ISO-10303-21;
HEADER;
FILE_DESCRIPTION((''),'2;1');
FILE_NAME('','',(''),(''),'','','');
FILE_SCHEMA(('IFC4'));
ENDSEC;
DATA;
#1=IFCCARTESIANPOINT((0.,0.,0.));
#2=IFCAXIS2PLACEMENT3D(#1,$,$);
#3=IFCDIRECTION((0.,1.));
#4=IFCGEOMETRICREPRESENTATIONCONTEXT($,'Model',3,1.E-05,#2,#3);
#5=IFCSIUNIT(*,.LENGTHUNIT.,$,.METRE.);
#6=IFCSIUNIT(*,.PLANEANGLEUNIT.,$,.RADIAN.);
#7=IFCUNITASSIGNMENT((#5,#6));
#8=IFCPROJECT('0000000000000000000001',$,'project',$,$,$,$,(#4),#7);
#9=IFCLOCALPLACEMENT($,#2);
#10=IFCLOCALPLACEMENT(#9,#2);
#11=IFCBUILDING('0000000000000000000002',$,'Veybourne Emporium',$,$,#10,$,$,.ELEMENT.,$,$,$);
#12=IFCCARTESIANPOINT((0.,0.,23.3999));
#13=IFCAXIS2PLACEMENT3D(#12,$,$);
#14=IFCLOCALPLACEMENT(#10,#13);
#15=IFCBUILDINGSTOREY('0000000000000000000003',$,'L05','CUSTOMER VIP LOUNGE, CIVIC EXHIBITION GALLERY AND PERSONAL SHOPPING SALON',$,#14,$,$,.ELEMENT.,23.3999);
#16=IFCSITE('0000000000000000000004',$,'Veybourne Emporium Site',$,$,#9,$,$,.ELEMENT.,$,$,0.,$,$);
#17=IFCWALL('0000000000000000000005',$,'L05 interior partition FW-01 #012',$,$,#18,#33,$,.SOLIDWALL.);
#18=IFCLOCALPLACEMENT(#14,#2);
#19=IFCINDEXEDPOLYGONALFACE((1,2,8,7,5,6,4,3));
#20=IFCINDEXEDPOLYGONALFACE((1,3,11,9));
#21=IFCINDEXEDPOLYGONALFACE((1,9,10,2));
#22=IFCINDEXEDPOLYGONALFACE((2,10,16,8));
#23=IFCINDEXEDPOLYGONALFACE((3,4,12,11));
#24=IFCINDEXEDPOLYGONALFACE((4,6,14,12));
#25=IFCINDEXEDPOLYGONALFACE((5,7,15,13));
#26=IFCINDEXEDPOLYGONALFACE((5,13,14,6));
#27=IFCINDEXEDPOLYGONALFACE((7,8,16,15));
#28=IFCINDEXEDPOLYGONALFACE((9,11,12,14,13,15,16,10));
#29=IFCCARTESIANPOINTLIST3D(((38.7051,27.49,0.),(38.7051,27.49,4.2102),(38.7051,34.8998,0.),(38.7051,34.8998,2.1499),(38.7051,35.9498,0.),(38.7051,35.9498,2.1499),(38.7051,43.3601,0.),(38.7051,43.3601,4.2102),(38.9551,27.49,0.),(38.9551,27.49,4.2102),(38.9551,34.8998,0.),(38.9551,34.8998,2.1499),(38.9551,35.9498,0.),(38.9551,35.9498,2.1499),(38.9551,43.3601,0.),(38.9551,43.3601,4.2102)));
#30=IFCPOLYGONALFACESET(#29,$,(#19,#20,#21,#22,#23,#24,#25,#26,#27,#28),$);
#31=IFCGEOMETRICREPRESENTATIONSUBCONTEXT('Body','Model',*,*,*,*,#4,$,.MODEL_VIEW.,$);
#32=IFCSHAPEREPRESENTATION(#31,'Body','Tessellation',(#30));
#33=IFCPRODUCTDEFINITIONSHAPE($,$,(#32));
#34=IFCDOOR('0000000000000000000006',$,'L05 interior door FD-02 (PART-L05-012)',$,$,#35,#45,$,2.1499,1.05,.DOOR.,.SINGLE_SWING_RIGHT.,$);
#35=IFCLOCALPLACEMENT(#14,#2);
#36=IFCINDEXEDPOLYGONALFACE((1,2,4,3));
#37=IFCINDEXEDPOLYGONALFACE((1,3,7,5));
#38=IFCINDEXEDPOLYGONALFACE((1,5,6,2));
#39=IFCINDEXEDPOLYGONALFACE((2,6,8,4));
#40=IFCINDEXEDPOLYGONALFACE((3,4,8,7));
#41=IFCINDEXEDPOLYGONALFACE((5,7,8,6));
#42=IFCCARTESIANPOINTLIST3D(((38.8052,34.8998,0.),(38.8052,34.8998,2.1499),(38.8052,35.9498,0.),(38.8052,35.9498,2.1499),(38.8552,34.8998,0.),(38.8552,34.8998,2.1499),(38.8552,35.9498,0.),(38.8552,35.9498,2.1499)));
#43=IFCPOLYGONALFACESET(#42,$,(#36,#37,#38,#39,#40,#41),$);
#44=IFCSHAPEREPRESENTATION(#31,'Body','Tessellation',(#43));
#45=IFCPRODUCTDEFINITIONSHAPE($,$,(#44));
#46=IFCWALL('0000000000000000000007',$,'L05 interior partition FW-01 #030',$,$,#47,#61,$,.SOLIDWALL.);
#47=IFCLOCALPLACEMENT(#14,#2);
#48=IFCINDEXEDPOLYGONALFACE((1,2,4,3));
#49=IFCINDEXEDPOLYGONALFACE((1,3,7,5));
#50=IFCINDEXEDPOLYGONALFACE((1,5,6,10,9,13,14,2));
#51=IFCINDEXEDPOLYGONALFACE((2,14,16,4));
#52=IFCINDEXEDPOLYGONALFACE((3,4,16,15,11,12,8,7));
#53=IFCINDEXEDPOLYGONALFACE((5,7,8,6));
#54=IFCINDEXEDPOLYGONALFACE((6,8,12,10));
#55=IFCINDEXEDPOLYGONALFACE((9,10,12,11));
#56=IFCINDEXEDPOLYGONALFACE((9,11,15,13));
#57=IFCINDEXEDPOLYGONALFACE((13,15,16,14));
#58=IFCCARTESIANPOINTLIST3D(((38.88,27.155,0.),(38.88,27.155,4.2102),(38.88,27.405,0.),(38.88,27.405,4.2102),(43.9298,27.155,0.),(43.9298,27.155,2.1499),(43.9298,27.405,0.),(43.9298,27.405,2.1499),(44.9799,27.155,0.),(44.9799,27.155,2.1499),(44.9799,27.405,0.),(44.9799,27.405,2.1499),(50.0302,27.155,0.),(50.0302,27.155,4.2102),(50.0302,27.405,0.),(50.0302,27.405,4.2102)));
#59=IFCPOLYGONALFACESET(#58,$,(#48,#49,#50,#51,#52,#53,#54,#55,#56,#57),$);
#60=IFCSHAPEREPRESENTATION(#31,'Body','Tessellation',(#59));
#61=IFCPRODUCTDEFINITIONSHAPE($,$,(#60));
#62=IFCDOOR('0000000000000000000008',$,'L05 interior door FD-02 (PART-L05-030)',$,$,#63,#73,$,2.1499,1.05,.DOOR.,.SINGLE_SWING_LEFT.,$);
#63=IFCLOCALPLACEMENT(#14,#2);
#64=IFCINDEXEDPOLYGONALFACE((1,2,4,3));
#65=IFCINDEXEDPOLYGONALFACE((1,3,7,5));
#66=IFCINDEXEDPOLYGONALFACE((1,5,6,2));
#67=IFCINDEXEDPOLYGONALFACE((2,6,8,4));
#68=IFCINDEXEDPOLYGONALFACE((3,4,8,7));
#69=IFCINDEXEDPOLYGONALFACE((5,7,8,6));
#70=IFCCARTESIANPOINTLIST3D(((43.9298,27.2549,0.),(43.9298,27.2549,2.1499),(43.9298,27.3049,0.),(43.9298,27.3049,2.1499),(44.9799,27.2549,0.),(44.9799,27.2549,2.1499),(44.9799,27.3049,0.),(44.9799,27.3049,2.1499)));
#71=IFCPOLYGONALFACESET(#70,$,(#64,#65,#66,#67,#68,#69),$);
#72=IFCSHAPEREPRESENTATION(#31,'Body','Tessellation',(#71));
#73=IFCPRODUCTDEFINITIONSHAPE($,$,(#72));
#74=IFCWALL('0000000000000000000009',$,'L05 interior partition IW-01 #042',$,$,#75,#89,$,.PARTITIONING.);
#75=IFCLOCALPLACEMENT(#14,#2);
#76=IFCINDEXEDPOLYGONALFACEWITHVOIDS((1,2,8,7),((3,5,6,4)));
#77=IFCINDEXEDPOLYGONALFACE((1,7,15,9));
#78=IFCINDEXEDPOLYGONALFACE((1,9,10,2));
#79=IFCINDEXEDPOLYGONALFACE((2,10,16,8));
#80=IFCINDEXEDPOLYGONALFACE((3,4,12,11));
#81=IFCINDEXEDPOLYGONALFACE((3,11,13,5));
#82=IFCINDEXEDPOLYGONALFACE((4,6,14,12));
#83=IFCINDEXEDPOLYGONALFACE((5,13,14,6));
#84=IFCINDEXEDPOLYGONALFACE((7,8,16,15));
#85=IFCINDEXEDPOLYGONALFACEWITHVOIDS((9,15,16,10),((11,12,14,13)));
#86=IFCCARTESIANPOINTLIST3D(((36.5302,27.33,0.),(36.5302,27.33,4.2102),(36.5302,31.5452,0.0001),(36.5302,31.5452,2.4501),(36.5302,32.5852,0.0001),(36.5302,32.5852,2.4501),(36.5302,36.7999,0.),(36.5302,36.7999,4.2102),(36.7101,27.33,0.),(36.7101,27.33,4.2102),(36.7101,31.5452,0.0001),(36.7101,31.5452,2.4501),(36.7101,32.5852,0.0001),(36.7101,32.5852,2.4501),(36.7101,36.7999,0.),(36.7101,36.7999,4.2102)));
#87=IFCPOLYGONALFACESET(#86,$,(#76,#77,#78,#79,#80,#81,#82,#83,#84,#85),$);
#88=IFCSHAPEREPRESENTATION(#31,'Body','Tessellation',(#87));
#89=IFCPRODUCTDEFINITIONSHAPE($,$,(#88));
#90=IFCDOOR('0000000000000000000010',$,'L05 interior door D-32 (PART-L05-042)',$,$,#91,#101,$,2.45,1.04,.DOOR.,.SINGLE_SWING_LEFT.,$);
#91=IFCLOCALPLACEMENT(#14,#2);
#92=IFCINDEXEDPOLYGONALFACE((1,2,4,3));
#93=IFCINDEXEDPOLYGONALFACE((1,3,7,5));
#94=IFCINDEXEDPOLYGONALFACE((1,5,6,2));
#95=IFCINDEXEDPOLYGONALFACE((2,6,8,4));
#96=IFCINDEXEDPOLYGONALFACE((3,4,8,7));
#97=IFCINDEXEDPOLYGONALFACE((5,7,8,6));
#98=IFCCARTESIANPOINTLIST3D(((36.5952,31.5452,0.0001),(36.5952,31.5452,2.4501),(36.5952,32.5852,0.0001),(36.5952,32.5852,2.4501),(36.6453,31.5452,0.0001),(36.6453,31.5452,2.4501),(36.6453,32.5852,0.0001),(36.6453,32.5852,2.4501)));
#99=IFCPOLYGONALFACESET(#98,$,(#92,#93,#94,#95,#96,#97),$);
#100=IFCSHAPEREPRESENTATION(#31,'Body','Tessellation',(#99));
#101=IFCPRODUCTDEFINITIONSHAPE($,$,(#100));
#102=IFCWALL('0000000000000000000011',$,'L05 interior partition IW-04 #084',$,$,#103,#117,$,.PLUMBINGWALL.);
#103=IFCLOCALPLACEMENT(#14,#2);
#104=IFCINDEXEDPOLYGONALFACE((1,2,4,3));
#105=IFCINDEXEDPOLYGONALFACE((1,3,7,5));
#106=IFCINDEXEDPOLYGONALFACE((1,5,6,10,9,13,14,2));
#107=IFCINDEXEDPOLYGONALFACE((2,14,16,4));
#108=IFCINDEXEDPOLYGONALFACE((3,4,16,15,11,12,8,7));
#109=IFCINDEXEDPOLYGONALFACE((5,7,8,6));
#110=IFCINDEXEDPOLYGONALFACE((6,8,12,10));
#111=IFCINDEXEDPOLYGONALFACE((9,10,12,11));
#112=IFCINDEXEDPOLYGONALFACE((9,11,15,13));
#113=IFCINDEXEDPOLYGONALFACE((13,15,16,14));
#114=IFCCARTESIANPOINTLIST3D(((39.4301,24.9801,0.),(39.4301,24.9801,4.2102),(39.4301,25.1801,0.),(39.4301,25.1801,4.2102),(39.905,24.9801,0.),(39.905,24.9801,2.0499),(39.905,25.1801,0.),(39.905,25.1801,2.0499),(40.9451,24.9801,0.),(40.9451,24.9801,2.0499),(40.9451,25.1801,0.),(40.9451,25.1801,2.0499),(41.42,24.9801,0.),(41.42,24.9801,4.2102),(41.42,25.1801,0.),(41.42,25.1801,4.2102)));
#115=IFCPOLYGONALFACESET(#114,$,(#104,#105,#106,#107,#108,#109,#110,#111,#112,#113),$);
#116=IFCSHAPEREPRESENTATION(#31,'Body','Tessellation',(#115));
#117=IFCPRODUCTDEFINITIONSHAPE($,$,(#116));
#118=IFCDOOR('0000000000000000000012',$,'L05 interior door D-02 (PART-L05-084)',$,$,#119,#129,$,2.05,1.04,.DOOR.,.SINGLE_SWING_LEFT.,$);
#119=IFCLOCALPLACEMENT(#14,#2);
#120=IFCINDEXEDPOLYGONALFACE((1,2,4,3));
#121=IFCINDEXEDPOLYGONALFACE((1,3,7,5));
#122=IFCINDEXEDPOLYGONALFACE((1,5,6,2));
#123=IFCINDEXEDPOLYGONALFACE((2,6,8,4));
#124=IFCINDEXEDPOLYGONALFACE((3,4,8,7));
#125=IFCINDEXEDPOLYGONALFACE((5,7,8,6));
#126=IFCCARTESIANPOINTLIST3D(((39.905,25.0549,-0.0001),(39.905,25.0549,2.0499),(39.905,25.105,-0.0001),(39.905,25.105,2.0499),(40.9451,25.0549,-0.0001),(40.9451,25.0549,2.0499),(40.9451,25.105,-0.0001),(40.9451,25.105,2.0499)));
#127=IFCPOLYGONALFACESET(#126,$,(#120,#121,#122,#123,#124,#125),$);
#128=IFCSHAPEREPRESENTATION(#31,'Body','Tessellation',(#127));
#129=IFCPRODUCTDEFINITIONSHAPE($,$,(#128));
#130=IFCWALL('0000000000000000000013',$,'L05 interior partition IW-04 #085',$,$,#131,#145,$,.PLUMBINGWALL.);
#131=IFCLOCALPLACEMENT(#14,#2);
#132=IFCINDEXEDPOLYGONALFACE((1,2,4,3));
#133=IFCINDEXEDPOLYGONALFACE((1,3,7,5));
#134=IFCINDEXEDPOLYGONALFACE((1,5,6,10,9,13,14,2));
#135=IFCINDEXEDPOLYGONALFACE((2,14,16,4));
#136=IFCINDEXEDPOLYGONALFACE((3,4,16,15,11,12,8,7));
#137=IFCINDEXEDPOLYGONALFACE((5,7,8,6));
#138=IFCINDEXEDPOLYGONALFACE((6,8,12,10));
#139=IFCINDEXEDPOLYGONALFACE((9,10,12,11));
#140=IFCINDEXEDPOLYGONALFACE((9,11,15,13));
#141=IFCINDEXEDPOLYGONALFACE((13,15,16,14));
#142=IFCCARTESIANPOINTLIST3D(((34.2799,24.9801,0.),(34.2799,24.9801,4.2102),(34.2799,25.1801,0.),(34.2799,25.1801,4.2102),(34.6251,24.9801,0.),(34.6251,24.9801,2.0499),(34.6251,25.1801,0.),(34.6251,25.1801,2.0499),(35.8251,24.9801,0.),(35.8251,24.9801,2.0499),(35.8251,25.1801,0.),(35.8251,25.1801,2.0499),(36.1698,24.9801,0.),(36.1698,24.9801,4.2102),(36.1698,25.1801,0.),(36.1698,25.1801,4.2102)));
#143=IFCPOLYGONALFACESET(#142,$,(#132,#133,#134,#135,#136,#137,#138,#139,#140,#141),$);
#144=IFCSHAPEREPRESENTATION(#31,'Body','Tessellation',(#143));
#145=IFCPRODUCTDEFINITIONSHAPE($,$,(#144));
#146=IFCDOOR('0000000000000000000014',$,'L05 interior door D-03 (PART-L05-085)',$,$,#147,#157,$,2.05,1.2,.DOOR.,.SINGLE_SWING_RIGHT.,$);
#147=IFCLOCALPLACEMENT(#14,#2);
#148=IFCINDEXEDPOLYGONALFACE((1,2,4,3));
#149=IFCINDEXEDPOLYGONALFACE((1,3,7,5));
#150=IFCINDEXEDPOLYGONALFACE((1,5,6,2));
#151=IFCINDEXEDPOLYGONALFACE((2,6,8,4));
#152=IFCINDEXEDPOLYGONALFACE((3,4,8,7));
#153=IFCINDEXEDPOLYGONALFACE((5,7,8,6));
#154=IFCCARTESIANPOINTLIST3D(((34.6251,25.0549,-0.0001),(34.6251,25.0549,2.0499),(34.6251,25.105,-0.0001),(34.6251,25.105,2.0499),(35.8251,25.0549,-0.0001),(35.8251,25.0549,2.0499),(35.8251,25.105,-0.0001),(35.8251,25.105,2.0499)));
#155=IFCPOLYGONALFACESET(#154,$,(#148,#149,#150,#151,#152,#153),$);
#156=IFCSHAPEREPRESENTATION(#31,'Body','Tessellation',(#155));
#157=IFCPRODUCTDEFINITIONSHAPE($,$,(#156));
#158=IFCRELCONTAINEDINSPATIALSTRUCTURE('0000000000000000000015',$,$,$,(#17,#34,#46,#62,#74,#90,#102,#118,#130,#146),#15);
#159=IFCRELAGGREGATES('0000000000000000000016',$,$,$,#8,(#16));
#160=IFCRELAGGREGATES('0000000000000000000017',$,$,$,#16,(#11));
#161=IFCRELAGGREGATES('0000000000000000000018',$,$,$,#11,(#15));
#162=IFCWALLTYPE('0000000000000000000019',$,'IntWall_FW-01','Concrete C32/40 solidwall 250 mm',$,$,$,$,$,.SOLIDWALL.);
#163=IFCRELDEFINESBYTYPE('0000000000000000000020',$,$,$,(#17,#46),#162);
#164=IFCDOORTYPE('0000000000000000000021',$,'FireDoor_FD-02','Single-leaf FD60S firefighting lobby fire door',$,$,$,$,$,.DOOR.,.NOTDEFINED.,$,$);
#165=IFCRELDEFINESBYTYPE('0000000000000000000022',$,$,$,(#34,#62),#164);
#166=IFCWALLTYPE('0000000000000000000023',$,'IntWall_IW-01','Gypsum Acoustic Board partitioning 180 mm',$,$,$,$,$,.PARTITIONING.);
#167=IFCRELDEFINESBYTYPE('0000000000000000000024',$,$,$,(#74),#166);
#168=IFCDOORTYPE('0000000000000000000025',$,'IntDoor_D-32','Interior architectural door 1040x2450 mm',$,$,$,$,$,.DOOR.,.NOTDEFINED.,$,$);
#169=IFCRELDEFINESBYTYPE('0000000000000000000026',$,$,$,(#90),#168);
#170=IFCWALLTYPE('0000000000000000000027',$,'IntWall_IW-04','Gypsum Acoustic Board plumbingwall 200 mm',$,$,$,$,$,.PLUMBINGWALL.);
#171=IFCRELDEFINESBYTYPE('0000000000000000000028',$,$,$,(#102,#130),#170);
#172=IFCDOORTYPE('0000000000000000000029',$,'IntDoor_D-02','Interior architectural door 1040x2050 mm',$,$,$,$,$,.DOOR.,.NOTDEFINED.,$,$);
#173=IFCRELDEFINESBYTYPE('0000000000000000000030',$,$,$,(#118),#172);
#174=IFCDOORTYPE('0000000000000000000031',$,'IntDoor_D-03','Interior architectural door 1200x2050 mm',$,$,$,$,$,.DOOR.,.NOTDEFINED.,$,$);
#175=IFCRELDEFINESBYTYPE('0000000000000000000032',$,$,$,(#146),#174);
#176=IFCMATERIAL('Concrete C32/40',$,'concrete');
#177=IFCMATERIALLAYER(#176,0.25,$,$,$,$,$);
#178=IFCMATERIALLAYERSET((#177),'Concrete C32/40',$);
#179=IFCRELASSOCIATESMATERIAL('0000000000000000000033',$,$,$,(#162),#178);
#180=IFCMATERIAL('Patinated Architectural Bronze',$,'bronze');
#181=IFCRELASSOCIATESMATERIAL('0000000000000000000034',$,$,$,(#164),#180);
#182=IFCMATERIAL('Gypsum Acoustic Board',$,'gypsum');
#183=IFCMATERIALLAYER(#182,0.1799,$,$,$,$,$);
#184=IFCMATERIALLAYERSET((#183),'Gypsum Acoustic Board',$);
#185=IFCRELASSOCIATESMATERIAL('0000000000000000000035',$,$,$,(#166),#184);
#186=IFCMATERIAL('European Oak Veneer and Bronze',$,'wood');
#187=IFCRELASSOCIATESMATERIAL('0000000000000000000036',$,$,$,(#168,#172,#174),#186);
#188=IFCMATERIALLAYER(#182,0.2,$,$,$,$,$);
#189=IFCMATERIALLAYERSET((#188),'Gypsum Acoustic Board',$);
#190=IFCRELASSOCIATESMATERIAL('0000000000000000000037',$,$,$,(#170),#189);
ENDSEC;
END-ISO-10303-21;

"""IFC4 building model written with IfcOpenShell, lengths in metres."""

from ifc_helpers import new_model, si_unit, direction, frame, frame_2d, origin, place, context, subcontext, project, spatial, rectangle, extrude, material, layer, layer_set, type_object, element, fill, save


model = new_model("IFC4")

# Units and contexts
model_context = context("Model", 3, precision=1e-05, world=origin(), true_north=direction((0.0, 1.0)))
body_context = subcontext(model_context, "Body", "Model", "MODEL_VIEW")
ifc_project = project(units=[si_unit("LENGTHUNIT", "METRE"), si_unit("PLANEANGLEUNIT", "RADIAN")], contexts=[model_context])

# Site, building, storey
site_placement = place(None, origin())
site = spatial("IfcSite", under=ifc_project, at=site_placement, Name="Veybourne Emporium Site", CompositionType="ELEMENT", RefElevation=0.0)
building_placement = place(site_placement, origin())
building = spatial("IfcBuilding", under=site, at=building_placement, Name="Veybourne Emporium", CompositionType="ELEMENT")
storey_placement = place(building_placement, frame((0.0, 0.0, 23.3999)))
storey = spatial("IfcBuildingStorey", under=building, at=storey_placement, Name="L05", Description="CUSTOMER VIP LOUNGE, CIVIC EXHIBITION GALLERY AND PERSONAL SHOPPING SALON", CompositionType="ELEMENT", Elevation=23.3999)

# Walls, openings, doors
ifc_material_1 = material(Name="Concrete C32/40", Category="concrete")
ifc_layer_1 = layer(ifc_material_1, 0.25)
ifc_layer_set_1 = layer_set([ifc_layer_1], Name="Concrete C32/40")
wall_type_1 = type_object("IfcWallType", Name="IntWall_FW-01", Description="Concrete C32/40 solidwall 250 mm", PredefinedType="SOLIDWALL", material=ifc_layer_set_1)
wall_1_placement = place(storey_placement, frame((38.8301, 27.49, 0.0), z_axis=(0.0, 0.0, 1.0), x_axis=(0.0, 1.0, 0.0)))
wall_1 = element("IfcWall", 1, at=wall_1_placement, inside=storey, type_object=wall_type_1, Name="L05 interior partition FW-01 #012", PredefinedType="SOLIDWALL", context=body_context, shape_type="SweptSolid", body=[
    extrude(rectangle(XDim=15.8701, YDim=0.25, at=frame_2d((7.9351, 0.0))), origin(), (0.0, 0.0, 1.0), 4.2102),
])
opening_1_placement = place(wall_1_placement, frame((7.4099, 0.0, 0.0)))
opening_1 = element("IfcOpeningElement", 2, at=opening_1_placement, cuts=wall_1, PredefinedType="OPENING", context=body_context, shape_type="SweptSolid", body=[
    extrude(rectangle(XDim=1.05, YDim=2.1499, at=frame_2d((0.5249, 1.075))), frame((0.0, 0.145, 0.0), z_axis=(0.0, -1.0, 0.0), x_axis=(1.0, 0.0, 0.0)), (0.0, 0.0, 1.0), 0.29),
])
ifc_material_2 = material(Name="Patinated Architectural Bronze", Category="bronze")
door_type_1 = type_object("IfcDoorType", Name="FireDoor_FD-02", Description="Single-leaf FD60S firefighting lobby fire door", OperationType="NOTDEFINED", PredefinedType="DOOR", material=ifc_material_2)
door_1_placement = place(opening_1_placement, origin())
door_1 = element("IfcDoor", 3, at=door_1_placement, inside=storey, type_object=door_type_1, Name="L05 interior door FD-02 (PART-L05-012)", OperationType="SINGLE_SWING_RIGHT", OverallHeight=2.1499, OverallWidth=1.05, PredefinedType="DOOR", context=body_context, shape_type="SweptSolid", body=[
    extrude(rectangle(XDim=1.05, YDim=2.1499, at=frame_2d((0.5249, 1.075))), frame((0.0, 0.0249, 0.0), z_axis=(0.0, -1.0, 0.0), x_axis=(1.0, 0.0, 0.0)), (0.0, 0.0, 1.0), 0.05),
])
fill(opening_1, door_1)
wall_2_placement = place(storey_placement, frame((38.8799, 27.28, 0.0), z_axis=(0.0, 0.0, 1.0), x_axis=(1.0, 0.0, 0.0)))
wall_2 = element("IfcWall", 4, at=wall_2_placement, inside=storey, type_object=wall_type_1, Name="L05 interior partition FW-01 #030", PredefinedType="SOLIDWALL", context=body_context, shape_type="SweptSolid", body=[
    extrude(rectangle(XDim=11.1501, YDim=0.25, at=frame_2d((5.5752, 0.0))), origin(), (0.0, 0.0, 1.0), 4.2102),
])
opening_2_placement = place(wall_2_placement, frame((5.05, 0.0, 0.0)))
opening_2 = element("IfcOpeningElement", 5, at=opening_2_placement, cuts=wall_2, PredefinedType="OPENING", context=body_context, shape_type="SweptSolid", body=[
    extrude(rectangle(XDim=1.05, YDim=2.1499, at=frame_2d((0.5249, 1.075))), frame((0.0, 0.145, 0.0), z_axis=(0.0, -1.0, 0.0), x_axis=(1.0, 0.0, 0.0)), (0.0, 0.0, 1.0), 0.29),
])
door_2_placement = place(opening_2_placement, origin())
door_2 = element("IfcDoor", 6, at=door_2_placement, inside=storey, type_object=door_type_1, Name="L05 interior door FD-02 (PART-L05-030)", OperationType="SINGLE_SWING_LEFT", OverallHeight=2.1499, OverallWidth=1.05, PredefinedType="DOOR", context=body_context, shape_type="SweptSolid", body=[
    extrude(rectangle(XDim=1.05, YDim=2.1499, at=frame_2d((0.5249, 1.075))), frame((0.0, 0.0249, 0.0), z_axis=(0.0, -1.0, 0.0), x_axis=(1.0, 0.0, 0.0)), (0.0, 0.0, 1.0), 0.05),
])
fill(opening_2, door_2)
ifc_material_3 = material(Name="Gypsum Acoustic Board", Category="gypsum")
ifc_layer_2 = layer(ifc_material_3, 0.1799)
ifc_layer_set_2 = layer_set([ifc_layer_2], Name="Gypsum Acoustic Board")
wall_type_2 = type_object("IfcWallType", Name="IntWall_IW-01", Description="Gypsum Acoustic Board partitioning 180 mm", PredefinedType="PARTITIONING", material=ifc_layer_set_2)
wall_3_placement = place(storey_placement, frame((36.6201, 27.3301, 0.0), z_axis=(0.0, 0.0, 1.0), x_axis=(0.0, 1.0, 0.0)))
wall_3 = element("IfcWall", 7, at=wall_3_placement, inside=storey, type_object=wall_type_2, Name="L05 interior partition IW-01 #042", PredefinedType="PARTITIONING", context=body_context, shape_type="SweptSolid", body=[
    extrude(rectangle(XDim=9.47, YDim=0.1799, at=frame_2d((4.7349, 0.0))), origin(), (0.0, 0.0, 1.0), 4.2102),
])
opening_3_placement = place(wall_3_placement, frame((4.2151, 0.0, 0.0)))
opening_3 = element("IfcOpeningElement", 8, at=opening_3_placement, cuts=wall_3, PredefinedType="OPENING", context=body_context, shape_type="SweptSolid", body=[
    extrude(rectangle(XDim=1.04, YDim=2.45, at=frame_2d((0.52, 1.2251))), frame((0.0, 0.1099, 0.0), z_axis=(0.0, -1.0, 0.0), x_axis=(1.0, 0.0, 0.0)), (0.0, 0.0, 1.0), 0.22),
])
ifc_material_4 = material(Name="European Oak Veneer and Bronze", Category="wood")
door_type_2 = type_object("IfcDoorType", Name="IntDoor_D-32", Description="Interior architectural door 1040x2450 mm", OperationType="NOTDEFINED", PredefinedType="DOOR", material=ifc_material_4)
door_3_placement = place(opening_3_placement, origin())
door_3 = element("IfcDoor", 9, at=door_3_placement, inside=storey, type_object=door_type_2, Name="L05 interior door D-32 (PART-L05-042)", OperationType="SINGLE_SWING_LEFT", OverallHeight=2.45, OverallWidth=1.04, PredefinedType="DOOR", context=body_context, shape_type="SweptSolid", body=[
    extrude(rectangle(XDim=1.04, YDim=2.45, at=frame_2d((0.52, 1.2251))), frame((0.0, 0.0249, 0.0), z_axis=(0.0, -1.0, 0.0), x_axis=(1.0, 0.0, 0.0)), (0.0, 0.0, 1.0), 0.05),
])
fill(opening_3, door_3)
ifc_layer_3 = layer(ifc_material_3, 0.2)
ifc_layer_set_3 = layer_set([ifc_layer_3], Name="Gypsum Acoustic Board")
wall_type_3 = type_object("IfcWallType", Name="IntWall_IW-04", Description="Gypsum Acoustic Board plumbingwall 200 mm", PredefinedType="PLUMBINGWALL", material=ifc_layer_set_3)
wall_4_placement = place(storey_placement, frame((39.4299, 25.0801, 0.0), z_axis=(0.0, 0.0, 1.0), x_axis=(1.0, 0.0, 0.0)))
wall_4 = element("IfcWall", 10, at=wall_4_placement, inside=storey, type_object=wall_type_3, Name="L05 interior partition IW-04 #084", PredefinedType="PLUMBINGWALL", context=body_context, shape_type="SweptSolid", body=[
    extrude(rectangle(XDim=1.99, YDim=0.2, at=frame_2d((0.9951, 0.0))), origin(), (0.0, 0.0, 1.0), 4.2102),
])
opening_4_placement = place(wall_4_placement, frame((0.4751, 0.0, 0.0)))
opening_4 = element("IfcOpeningElement", 11, at=opening_4_placement, cuts=wall_4, PredefinedType="OPENING", context=body_context, shape_type="SweptSolid", body=[
    extrude(rectangle(XDim=1.04, YDim=2.05, at=frame_2d((0.52, 1.0249))), frame((0.0, 0.1201, 0.0), z_axis=(0.0, -1.0, 0.0), x_axis=(1.0, 0.0, 0.0)), (0.0, 0.0, 1.0), 0.24),
])
door_type_3 = type_object("IfcDoorType", Name="IntDoor_D-02", Description="Interior architectural door 1040x2050 mm", OperationType="NOTDEFINED", PredefinedType="DOOR", material=ifc_material_4)
door_4_placement = place(opening_4_placement, origin())
door_4 = element("IfcDoor", 12, at=door_4_placement, inside=storey, type_object=door_type_3, Name="L05 interior door D-02 (PART-L05-084)", OperationType="SINGLE_SWING_LEFT", OverallHeight=2.05, OverallWidth=1.04, PredefinedType="DOOR", context=body_context, shape_type="SweptSolid", body=[
    extrude(rectangle(XDim=1.04, YDim=2.05, at=frame_2d((0.52, 1.0249))), frame((0.0, 0.0249, 0.0), z_axis=(0.0, -1.0, 0.0), x_axis=(1.0, 0.0, 0.0)), (0.0, 0.0, 1.0), 0.05),
])
fill(opening_4, door_4)
wall_5_placement = place(storey_placement, frame((34.28, 25.0801, 0.0), z_axis=(0.0, 0.0, 1.0), x_axis=(1.0, 0.0, 0.0)))
wall_5 = element("IfcWall", 13, at=wall_5_placement, inside=storey, type_object=wall_type_3, Name="L05 interior partition IW-04 #085", PredefinedType="PLUMBINGWALL", context=body_context, shape_type="SweptSolid", body=[
    extrude(rectangle(XDim=1.8899, YDim=0.2, at=frame_2d((0.9448, 0.0))), origin(), (0.0, 0.0, 1.0), 4.2102),
])
opening_5_placement = place(wall_5_placement, frame((0.345, 0.0, 0.0)))
opening_5 = element("IfcOpeningElement", 14, at=opening_5_placement, cuts=wall_5, PredefinedType="OPENING", context=body_context, shape_type="SweptSolid", body=[
    extrude(rectangle(XDim=1.2, YDim=2.05, at=frame_2d((0.6001, 1.0249))), frame((0.0, 0.1201, 0.0), z_axis=(0.0, -1.0, 0.0), x_axis=(1.0, 0.0, 0.0)), (0.0, 0.0, 1.0), 0.24),
])
door_type_4 = type_object("IfcDoorType", Name="IntDoor_D-03", Description="Interior architectural door 1200x2050 mm", OperationType="NOTDEFINED", PredefinedType="DOOR", material=ifc_material_4)
door_5_placement = place(opening_5_placement, origin())
door_5 = element("IfcDoor", 15, at=door_5_placement, inside=storey, type_object=door_type_4, Name="L05 interior door D-03 (PART-L05-085)", OperationType="SINGLE_SWING_RIGHT", OverallHeight=2.05, OverallWidth=1.2, PredefinedType="DOOR", context=body_context, shape_type="SweptSolid", body=[
    extrude(rectangle(XDim=1.2, YDim=2.05, at=frame_2d((0.6001, 1.0249))), frame((0.0, 0.0249, 0.0), z_axis=(0.0, -1.0, 0.0), x_axis=(1.0, 0.0, 0.0)), (0.0, 0.0, 1.0), 0.05),
])
fill(opening_5, door_5)

save(model, "model.ifc")
